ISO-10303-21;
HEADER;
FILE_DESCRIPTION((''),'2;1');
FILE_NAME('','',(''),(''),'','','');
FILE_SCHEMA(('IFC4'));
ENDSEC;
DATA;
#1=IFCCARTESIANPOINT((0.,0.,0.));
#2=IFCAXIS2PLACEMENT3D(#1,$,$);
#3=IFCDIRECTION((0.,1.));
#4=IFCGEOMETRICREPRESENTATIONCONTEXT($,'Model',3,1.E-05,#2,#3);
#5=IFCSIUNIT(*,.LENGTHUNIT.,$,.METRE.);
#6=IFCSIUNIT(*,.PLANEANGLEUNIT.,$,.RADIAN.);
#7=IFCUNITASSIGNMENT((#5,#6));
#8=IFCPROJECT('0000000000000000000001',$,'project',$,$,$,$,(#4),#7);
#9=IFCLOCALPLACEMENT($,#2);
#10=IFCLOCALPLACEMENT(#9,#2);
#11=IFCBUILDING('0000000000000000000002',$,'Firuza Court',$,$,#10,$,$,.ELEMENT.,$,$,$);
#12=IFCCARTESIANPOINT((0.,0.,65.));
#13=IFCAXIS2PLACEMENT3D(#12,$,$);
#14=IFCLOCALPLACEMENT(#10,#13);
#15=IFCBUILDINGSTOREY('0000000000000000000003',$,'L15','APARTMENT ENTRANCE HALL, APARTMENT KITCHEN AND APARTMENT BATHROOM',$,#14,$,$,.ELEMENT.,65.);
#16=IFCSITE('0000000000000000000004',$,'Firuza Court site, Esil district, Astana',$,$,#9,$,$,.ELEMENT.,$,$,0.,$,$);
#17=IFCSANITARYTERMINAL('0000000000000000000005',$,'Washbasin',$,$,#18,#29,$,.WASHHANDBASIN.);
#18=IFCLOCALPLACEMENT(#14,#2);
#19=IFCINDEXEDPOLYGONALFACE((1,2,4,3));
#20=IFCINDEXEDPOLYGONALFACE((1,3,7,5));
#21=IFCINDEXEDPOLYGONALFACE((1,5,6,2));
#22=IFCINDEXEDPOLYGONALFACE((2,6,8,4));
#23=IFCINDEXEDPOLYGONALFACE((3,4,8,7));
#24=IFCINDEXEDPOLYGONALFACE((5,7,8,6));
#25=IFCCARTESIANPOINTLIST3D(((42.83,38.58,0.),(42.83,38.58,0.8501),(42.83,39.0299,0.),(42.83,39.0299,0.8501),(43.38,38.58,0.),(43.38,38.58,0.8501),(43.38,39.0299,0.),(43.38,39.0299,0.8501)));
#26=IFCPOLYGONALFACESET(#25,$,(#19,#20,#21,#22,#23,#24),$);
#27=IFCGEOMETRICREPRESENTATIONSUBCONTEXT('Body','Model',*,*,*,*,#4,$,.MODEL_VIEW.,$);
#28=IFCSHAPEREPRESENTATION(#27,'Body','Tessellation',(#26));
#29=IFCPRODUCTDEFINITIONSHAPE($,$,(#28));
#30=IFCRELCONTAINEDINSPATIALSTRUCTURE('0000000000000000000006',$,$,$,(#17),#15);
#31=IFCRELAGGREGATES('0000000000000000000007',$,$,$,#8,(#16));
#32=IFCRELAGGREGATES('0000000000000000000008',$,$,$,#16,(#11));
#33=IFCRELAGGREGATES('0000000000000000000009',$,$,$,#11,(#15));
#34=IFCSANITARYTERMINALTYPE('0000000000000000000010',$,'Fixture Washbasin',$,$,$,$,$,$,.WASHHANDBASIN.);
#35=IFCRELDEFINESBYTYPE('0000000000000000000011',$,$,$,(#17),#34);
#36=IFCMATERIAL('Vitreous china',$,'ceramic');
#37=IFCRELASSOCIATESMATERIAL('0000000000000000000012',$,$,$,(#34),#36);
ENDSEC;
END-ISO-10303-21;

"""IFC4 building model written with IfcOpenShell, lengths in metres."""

from ifc_helpers import new_model, si_unit, direction, frame, origin, origin_2d, place, context, subcontext, project, spatial, rectangle, extrude, material, type_object, element, save


model = new_model("IFC4")

# Units and contexts
model_context = context("Model", 3, precision=1e-05, world=origin(), true_north=direction((0.0, 1.0)))
body_context = subcontext(model_context, "Body", "Model", "MODEL_VIEW")
ifc_project = project(units=[si_unit("LENGTHUNIT", "METRE"), si_unit("PLANEANGLEUNIT", "RADIAN")], contexts=[model_context])

# Site, building, storey
site_placement = place(None, origin())
site = spatial("IfcSite", under=ifc_project, at=site_placement, Name="Firuza Court site, Esil district, Astana", CompositionType="ELEMENT", RefElevation=0.0)
building_placement = place(site_placement, origin())
building = spatial("IfcBuilding", under=site, at=building_placement, Name="Firuza Court", CompositionType="ELEMENT")
storey_placement = place(building_placement, frame((0.0, 0.0, 65.0)))
storey = spatial("IfcBuildingStorey", under=building, at=storey_placement, Name="L15", Description="APARTMENT ENTRANCE HALL, APARTMENT KITCHEN AND APARTMENT BATHROOM", CompositionType="ELEMENT", Elevation=65.0)

# Sanitary terminal
ifc_material_1 = material(Name="Vitreous china", Category="ceramic")
sanitary_terminal_type_1 = type_object("IfcSanitaryTerminalType", Name="Fixture Washbasin", PredefinedType="WASHHANDBASIN", material=ifc_material_1)
sanitary_terminal_1_placement = place(storey_placement, frame((43.105, 38.8049, 0.0), z_axis=(0.0, 0.0, 1.0), x_axis=(1.0, 0.0, 0.0)))
element("IfcSanitaryTerminal", 1, at=sanitary_terminal_1_placement, inside=storey, type_object=sanitary_terminal_type_1, Name="Washbasin", PredefinedType="WASHHANDBASIN", context=body_context, shape_type="SweptSolid", body=[
    extrude(rectangle(XDim=0.55, YDim=0.45, at=origin_2d()), origin(), (0.0, 0.0, 1.0), 0.8501),
])

save(model, "model.ifc")
